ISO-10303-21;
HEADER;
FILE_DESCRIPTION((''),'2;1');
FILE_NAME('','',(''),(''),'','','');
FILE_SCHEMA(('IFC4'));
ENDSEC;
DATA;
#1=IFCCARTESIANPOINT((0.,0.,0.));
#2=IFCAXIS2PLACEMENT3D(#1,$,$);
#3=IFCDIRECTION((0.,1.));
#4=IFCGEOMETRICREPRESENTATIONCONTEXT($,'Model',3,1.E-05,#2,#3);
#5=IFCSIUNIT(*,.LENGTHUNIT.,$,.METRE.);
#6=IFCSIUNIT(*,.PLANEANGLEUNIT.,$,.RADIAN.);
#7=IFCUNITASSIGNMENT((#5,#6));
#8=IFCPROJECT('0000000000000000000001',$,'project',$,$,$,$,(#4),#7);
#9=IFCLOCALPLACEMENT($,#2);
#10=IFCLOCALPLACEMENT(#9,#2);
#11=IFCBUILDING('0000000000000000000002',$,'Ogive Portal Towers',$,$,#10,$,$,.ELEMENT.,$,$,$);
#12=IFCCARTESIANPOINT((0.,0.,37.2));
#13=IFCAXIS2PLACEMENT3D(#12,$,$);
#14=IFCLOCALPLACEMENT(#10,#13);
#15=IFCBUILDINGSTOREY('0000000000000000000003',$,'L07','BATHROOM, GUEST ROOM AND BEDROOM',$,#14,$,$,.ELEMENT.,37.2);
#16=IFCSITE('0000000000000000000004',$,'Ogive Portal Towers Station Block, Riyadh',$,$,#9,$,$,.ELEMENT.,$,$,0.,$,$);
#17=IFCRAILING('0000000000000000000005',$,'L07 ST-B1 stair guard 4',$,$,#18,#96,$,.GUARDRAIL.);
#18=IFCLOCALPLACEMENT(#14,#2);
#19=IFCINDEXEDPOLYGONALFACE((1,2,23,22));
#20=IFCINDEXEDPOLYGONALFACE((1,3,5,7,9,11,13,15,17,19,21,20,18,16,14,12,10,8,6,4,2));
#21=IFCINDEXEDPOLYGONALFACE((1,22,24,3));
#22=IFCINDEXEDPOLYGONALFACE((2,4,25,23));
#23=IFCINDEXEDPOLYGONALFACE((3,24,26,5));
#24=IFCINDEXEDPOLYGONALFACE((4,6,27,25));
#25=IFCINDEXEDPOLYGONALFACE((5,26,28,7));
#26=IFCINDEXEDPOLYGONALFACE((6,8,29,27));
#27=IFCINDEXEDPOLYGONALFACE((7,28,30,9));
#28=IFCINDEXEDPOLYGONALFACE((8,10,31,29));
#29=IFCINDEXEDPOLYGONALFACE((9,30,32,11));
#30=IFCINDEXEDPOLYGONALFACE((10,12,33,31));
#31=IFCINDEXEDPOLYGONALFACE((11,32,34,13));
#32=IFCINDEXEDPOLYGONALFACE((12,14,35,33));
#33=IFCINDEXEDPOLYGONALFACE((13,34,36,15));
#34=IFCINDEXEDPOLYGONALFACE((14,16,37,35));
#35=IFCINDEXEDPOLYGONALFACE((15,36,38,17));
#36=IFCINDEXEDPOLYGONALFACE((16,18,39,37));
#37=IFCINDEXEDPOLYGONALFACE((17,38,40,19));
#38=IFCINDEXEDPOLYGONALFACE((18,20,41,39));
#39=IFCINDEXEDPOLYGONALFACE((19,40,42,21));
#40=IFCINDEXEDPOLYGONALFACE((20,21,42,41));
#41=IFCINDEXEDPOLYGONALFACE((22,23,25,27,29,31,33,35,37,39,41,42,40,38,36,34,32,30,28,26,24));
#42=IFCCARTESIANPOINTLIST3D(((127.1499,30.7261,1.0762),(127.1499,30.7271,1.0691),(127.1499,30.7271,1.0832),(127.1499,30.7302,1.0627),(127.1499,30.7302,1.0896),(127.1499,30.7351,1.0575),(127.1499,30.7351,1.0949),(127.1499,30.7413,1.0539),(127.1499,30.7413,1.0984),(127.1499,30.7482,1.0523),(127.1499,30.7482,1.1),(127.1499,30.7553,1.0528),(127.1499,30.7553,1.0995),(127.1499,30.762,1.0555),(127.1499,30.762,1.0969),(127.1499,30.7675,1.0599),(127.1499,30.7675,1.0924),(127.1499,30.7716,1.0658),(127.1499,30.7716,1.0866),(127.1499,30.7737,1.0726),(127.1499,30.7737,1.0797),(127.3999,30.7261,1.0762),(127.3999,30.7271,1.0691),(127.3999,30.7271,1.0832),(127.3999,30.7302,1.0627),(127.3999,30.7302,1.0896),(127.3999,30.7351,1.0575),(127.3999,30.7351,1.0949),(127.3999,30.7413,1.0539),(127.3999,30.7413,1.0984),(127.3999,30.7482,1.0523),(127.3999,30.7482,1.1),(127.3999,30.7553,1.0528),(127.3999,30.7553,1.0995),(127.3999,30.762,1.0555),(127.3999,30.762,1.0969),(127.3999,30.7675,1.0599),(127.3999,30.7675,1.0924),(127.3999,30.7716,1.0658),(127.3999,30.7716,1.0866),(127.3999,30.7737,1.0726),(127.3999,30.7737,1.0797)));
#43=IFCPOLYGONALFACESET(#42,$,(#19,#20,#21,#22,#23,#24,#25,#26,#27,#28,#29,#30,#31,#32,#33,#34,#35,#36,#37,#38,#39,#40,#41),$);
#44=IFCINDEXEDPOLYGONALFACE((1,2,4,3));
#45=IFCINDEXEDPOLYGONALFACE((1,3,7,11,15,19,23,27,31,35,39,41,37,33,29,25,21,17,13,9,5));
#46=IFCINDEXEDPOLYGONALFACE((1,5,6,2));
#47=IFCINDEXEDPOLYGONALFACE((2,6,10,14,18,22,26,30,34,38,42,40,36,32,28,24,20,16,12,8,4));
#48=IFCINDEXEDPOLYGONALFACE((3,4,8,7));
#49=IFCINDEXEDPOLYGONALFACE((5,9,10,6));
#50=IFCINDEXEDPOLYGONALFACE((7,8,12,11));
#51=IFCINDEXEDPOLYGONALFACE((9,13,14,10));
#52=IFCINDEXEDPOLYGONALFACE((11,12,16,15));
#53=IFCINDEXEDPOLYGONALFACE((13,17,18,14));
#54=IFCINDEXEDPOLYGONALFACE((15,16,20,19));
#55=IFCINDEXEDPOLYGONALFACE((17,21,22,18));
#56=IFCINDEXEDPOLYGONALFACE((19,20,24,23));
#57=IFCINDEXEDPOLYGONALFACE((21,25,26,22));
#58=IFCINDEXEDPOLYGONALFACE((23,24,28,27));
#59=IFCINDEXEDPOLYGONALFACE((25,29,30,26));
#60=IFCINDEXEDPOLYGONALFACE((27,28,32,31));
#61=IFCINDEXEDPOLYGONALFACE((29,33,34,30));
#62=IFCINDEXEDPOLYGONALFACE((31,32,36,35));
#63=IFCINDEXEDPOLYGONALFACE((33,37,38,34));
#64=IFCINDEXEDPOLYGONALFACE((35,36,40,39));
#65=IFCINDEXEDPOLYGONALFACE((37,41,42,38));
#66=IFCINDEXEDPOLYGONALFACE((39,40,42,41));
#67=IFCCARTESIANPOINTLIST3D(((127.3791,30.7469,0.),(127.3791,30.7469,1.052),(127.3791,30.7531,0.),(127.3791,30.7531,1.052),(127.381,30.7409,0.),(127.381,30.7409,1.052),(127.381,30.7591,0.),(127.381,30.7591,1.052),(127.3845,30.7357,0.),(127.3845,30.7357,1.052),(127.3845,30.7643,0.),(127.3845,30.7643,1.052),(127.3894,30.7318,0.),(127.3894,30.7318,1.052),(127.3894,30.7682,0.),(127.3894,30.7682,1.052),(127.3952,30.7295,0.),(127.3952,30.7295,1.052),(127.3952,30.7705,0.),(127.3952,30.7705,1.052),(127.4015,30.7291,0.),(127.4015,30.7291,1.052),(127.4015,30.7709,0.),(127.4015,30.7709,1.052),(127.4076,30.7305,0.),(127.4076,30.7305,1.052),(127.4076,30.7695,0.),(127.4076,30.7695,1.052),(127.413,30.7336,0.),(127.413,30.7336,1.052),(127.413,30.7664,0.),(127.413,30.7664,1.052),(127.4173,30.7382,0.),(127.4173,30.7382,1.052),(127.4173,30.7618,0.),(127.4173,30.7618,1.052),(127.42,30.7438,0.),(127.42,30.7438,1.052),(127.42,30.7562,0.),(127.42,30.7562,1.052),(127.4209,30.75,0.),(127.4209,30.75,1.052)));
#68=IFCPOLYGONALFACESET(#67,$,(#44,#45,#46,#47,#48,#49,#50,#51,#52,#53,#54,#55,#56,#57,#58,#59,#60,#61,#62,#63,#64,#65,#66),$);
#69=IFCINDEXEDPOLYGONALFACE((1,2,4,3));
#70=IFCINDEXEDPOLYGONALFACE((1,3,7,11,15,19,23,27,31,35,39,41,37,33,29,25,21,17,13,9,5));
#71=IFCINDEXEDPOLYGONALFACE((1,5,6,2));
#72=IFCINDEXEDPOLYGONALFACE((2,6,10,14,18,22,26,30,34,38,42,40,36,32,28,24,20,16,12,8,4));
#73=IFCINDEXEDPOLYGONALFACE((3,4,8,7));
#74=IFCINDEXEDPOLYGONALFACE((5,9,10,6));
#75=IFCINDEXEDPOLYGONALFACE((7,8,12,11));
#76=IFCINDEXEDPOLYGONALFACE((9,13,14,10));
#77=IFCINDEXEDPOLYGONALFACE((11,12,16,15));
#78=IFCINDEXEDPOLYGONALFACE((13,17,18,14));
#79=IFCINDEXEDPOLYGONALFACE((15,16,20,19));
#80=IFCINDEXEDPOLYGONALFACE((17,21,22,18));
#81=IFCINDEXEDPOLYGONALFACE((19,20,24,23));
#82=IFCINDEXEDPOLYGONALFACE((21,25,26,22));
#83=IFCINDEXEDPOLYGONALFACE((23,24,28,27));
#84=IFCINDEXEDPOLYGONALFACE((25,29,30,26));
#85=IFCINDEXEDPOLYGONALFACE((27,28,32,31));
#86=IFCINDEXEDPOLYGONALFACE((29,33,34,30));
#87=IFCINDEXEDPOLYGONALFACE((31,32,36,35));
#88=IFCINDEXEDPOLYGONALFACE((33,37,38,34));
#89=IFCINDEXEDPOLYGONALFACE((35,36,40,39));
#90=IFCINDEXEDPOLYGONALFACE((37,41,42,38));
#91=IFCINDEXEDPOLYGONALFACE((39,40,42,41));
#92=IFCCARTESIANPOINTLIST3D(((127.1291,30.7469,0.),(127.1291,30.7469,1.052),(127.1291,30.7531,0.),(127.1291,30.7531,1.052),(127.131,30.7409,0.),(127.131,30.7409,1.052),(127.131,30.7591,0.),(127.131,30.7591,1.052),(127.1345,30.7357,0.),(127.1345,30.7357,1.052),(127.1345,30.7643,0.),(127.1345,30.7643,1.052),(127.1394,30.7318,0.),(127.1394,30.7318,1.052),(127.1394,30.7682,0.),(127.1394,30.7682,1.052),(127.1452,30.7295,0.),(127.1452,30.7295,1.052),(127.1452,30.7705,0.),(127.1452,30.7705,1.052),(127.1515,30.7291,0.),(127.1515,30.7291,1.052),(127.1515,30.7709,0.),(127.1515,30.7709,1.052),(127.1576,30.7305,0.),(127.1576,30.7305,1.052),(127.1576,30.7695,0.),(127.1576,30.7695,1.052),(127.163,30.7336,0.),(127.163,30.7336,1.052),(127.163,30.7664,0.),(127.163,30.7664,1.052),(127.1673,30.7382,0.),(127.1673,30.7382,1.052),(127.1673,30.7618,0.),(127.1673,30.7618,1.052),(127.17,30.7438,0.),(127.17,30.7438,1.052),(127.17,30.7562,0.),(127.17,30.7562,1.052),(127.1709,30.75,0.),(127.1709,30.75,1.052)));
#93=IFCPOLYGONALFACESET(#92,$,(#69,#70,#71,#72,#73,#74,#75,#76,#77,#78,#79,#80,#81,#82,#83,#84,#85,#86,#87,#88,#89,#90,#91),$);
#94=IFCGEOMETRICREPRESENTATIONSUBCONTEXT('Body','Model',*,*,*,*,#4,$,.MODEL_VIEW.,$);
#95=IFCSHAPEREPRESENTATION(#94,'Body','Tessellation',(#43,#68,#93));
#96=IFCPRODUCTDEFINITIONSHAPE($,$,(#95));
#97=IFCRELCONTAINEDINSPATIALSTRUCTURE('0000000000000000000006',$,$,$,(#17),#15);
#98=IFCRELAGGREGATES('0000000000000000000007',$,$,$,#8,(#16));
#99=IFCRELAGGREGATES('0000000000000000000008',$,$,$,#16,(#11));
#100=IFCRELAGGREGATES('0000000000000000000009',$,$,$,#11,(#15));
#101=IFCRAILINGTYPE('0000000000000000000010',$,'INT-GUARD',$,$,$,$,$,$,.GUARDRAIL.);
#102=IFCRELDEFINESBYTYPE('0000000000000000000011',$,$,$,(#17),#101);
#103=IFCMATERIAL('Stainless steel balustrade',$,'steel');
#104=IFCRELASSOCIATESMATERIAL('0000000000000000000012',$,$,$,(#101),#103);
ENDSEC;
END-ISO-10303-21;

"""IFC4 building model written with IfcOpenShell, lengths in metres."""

from ifc_helpers import new_model, si_unit, direction, frame, origin, origin_2d, place, context, subcontext, project, spatial, circle, extrude, material, type_object, element, save


model = new_model("IFC4")

# Units and contexts
model_context = context("Model", 3, precision=1e-05, world=origin(), true_north=direction((0.0, 1.0)))
body_context = subcontext(model_context, "Body", "Model", "MODEL_VIEW")
ifc_project = project(units=[si_unit("LENGTHUNIT", "METRE"), si_unit("PLANEANGLEUNIT", "RADIAN")], contexts=[model_context])

# Site, building, storey
site_placement = place(None, origin())
site = spatial("IfcSite", under=ifc_project, at=site_placement, Name="Ogive Portal Towers Station Block, Riyadh", CompositionType="ELEMENT", RefElevation=0.0)
building_placement = place(site_placement, origin())
building = spatial("IfcBuilding", under=site, at=building_placement, Name="Ogive Portal Towers", CompositionType="ELEMENT")
storey_placement = place(building_placement, frame((0.0, 0.0, 37.2)))
storey = spatial("IfcBuildingStorey", under=building, at=storey_placement, Name="L07", Description="BATHROOM, GUEST ROOM AND BEDROOM", CompositionType="ELEMENT", Elevation=37.2)

# Railing
ifc_material_1 = material(Name="Stainless steel balustrade", Category="steel")
railing_type_1 = type_object("IfcRailingType", Name="INT-GUARD", PredefinedType="GUARDRAIL", material=ifc_material_1)
railing_1_placement = place(storey_placement, frame((127.3999, 30.75, 0.0)))
element("IfcRailing", 1, at=railing_1_placement, inside=storey, type_object=railing_type_1, Name="L07 ST-B1 stair guard 4", PredefinedType="GUARDRAIL", context=body_context, shape_type="SweptSolid", body=[
    extrude(circle(Radius=0.0239, at=origin_2d()), frame((0.0, 0.0, 1.0762), z_axis=(-1.0, 0.0, 0.0), x_axis=(0.0, -1.0, 0.0)), (0.0, 0.0, 1.0), 0.25),
    extrude(circle(Radius=0.021, at=origin_2d()), origin(), (0.0, 0.0, 1.0), 1.052),
    extrude(circle(Radius=0.021, at=origin_2d()), frame((-0.25, 0.0, 0.0)), (0.0, 0.0, 1.0), 1.052),
])

save(model, "model.ifc")
